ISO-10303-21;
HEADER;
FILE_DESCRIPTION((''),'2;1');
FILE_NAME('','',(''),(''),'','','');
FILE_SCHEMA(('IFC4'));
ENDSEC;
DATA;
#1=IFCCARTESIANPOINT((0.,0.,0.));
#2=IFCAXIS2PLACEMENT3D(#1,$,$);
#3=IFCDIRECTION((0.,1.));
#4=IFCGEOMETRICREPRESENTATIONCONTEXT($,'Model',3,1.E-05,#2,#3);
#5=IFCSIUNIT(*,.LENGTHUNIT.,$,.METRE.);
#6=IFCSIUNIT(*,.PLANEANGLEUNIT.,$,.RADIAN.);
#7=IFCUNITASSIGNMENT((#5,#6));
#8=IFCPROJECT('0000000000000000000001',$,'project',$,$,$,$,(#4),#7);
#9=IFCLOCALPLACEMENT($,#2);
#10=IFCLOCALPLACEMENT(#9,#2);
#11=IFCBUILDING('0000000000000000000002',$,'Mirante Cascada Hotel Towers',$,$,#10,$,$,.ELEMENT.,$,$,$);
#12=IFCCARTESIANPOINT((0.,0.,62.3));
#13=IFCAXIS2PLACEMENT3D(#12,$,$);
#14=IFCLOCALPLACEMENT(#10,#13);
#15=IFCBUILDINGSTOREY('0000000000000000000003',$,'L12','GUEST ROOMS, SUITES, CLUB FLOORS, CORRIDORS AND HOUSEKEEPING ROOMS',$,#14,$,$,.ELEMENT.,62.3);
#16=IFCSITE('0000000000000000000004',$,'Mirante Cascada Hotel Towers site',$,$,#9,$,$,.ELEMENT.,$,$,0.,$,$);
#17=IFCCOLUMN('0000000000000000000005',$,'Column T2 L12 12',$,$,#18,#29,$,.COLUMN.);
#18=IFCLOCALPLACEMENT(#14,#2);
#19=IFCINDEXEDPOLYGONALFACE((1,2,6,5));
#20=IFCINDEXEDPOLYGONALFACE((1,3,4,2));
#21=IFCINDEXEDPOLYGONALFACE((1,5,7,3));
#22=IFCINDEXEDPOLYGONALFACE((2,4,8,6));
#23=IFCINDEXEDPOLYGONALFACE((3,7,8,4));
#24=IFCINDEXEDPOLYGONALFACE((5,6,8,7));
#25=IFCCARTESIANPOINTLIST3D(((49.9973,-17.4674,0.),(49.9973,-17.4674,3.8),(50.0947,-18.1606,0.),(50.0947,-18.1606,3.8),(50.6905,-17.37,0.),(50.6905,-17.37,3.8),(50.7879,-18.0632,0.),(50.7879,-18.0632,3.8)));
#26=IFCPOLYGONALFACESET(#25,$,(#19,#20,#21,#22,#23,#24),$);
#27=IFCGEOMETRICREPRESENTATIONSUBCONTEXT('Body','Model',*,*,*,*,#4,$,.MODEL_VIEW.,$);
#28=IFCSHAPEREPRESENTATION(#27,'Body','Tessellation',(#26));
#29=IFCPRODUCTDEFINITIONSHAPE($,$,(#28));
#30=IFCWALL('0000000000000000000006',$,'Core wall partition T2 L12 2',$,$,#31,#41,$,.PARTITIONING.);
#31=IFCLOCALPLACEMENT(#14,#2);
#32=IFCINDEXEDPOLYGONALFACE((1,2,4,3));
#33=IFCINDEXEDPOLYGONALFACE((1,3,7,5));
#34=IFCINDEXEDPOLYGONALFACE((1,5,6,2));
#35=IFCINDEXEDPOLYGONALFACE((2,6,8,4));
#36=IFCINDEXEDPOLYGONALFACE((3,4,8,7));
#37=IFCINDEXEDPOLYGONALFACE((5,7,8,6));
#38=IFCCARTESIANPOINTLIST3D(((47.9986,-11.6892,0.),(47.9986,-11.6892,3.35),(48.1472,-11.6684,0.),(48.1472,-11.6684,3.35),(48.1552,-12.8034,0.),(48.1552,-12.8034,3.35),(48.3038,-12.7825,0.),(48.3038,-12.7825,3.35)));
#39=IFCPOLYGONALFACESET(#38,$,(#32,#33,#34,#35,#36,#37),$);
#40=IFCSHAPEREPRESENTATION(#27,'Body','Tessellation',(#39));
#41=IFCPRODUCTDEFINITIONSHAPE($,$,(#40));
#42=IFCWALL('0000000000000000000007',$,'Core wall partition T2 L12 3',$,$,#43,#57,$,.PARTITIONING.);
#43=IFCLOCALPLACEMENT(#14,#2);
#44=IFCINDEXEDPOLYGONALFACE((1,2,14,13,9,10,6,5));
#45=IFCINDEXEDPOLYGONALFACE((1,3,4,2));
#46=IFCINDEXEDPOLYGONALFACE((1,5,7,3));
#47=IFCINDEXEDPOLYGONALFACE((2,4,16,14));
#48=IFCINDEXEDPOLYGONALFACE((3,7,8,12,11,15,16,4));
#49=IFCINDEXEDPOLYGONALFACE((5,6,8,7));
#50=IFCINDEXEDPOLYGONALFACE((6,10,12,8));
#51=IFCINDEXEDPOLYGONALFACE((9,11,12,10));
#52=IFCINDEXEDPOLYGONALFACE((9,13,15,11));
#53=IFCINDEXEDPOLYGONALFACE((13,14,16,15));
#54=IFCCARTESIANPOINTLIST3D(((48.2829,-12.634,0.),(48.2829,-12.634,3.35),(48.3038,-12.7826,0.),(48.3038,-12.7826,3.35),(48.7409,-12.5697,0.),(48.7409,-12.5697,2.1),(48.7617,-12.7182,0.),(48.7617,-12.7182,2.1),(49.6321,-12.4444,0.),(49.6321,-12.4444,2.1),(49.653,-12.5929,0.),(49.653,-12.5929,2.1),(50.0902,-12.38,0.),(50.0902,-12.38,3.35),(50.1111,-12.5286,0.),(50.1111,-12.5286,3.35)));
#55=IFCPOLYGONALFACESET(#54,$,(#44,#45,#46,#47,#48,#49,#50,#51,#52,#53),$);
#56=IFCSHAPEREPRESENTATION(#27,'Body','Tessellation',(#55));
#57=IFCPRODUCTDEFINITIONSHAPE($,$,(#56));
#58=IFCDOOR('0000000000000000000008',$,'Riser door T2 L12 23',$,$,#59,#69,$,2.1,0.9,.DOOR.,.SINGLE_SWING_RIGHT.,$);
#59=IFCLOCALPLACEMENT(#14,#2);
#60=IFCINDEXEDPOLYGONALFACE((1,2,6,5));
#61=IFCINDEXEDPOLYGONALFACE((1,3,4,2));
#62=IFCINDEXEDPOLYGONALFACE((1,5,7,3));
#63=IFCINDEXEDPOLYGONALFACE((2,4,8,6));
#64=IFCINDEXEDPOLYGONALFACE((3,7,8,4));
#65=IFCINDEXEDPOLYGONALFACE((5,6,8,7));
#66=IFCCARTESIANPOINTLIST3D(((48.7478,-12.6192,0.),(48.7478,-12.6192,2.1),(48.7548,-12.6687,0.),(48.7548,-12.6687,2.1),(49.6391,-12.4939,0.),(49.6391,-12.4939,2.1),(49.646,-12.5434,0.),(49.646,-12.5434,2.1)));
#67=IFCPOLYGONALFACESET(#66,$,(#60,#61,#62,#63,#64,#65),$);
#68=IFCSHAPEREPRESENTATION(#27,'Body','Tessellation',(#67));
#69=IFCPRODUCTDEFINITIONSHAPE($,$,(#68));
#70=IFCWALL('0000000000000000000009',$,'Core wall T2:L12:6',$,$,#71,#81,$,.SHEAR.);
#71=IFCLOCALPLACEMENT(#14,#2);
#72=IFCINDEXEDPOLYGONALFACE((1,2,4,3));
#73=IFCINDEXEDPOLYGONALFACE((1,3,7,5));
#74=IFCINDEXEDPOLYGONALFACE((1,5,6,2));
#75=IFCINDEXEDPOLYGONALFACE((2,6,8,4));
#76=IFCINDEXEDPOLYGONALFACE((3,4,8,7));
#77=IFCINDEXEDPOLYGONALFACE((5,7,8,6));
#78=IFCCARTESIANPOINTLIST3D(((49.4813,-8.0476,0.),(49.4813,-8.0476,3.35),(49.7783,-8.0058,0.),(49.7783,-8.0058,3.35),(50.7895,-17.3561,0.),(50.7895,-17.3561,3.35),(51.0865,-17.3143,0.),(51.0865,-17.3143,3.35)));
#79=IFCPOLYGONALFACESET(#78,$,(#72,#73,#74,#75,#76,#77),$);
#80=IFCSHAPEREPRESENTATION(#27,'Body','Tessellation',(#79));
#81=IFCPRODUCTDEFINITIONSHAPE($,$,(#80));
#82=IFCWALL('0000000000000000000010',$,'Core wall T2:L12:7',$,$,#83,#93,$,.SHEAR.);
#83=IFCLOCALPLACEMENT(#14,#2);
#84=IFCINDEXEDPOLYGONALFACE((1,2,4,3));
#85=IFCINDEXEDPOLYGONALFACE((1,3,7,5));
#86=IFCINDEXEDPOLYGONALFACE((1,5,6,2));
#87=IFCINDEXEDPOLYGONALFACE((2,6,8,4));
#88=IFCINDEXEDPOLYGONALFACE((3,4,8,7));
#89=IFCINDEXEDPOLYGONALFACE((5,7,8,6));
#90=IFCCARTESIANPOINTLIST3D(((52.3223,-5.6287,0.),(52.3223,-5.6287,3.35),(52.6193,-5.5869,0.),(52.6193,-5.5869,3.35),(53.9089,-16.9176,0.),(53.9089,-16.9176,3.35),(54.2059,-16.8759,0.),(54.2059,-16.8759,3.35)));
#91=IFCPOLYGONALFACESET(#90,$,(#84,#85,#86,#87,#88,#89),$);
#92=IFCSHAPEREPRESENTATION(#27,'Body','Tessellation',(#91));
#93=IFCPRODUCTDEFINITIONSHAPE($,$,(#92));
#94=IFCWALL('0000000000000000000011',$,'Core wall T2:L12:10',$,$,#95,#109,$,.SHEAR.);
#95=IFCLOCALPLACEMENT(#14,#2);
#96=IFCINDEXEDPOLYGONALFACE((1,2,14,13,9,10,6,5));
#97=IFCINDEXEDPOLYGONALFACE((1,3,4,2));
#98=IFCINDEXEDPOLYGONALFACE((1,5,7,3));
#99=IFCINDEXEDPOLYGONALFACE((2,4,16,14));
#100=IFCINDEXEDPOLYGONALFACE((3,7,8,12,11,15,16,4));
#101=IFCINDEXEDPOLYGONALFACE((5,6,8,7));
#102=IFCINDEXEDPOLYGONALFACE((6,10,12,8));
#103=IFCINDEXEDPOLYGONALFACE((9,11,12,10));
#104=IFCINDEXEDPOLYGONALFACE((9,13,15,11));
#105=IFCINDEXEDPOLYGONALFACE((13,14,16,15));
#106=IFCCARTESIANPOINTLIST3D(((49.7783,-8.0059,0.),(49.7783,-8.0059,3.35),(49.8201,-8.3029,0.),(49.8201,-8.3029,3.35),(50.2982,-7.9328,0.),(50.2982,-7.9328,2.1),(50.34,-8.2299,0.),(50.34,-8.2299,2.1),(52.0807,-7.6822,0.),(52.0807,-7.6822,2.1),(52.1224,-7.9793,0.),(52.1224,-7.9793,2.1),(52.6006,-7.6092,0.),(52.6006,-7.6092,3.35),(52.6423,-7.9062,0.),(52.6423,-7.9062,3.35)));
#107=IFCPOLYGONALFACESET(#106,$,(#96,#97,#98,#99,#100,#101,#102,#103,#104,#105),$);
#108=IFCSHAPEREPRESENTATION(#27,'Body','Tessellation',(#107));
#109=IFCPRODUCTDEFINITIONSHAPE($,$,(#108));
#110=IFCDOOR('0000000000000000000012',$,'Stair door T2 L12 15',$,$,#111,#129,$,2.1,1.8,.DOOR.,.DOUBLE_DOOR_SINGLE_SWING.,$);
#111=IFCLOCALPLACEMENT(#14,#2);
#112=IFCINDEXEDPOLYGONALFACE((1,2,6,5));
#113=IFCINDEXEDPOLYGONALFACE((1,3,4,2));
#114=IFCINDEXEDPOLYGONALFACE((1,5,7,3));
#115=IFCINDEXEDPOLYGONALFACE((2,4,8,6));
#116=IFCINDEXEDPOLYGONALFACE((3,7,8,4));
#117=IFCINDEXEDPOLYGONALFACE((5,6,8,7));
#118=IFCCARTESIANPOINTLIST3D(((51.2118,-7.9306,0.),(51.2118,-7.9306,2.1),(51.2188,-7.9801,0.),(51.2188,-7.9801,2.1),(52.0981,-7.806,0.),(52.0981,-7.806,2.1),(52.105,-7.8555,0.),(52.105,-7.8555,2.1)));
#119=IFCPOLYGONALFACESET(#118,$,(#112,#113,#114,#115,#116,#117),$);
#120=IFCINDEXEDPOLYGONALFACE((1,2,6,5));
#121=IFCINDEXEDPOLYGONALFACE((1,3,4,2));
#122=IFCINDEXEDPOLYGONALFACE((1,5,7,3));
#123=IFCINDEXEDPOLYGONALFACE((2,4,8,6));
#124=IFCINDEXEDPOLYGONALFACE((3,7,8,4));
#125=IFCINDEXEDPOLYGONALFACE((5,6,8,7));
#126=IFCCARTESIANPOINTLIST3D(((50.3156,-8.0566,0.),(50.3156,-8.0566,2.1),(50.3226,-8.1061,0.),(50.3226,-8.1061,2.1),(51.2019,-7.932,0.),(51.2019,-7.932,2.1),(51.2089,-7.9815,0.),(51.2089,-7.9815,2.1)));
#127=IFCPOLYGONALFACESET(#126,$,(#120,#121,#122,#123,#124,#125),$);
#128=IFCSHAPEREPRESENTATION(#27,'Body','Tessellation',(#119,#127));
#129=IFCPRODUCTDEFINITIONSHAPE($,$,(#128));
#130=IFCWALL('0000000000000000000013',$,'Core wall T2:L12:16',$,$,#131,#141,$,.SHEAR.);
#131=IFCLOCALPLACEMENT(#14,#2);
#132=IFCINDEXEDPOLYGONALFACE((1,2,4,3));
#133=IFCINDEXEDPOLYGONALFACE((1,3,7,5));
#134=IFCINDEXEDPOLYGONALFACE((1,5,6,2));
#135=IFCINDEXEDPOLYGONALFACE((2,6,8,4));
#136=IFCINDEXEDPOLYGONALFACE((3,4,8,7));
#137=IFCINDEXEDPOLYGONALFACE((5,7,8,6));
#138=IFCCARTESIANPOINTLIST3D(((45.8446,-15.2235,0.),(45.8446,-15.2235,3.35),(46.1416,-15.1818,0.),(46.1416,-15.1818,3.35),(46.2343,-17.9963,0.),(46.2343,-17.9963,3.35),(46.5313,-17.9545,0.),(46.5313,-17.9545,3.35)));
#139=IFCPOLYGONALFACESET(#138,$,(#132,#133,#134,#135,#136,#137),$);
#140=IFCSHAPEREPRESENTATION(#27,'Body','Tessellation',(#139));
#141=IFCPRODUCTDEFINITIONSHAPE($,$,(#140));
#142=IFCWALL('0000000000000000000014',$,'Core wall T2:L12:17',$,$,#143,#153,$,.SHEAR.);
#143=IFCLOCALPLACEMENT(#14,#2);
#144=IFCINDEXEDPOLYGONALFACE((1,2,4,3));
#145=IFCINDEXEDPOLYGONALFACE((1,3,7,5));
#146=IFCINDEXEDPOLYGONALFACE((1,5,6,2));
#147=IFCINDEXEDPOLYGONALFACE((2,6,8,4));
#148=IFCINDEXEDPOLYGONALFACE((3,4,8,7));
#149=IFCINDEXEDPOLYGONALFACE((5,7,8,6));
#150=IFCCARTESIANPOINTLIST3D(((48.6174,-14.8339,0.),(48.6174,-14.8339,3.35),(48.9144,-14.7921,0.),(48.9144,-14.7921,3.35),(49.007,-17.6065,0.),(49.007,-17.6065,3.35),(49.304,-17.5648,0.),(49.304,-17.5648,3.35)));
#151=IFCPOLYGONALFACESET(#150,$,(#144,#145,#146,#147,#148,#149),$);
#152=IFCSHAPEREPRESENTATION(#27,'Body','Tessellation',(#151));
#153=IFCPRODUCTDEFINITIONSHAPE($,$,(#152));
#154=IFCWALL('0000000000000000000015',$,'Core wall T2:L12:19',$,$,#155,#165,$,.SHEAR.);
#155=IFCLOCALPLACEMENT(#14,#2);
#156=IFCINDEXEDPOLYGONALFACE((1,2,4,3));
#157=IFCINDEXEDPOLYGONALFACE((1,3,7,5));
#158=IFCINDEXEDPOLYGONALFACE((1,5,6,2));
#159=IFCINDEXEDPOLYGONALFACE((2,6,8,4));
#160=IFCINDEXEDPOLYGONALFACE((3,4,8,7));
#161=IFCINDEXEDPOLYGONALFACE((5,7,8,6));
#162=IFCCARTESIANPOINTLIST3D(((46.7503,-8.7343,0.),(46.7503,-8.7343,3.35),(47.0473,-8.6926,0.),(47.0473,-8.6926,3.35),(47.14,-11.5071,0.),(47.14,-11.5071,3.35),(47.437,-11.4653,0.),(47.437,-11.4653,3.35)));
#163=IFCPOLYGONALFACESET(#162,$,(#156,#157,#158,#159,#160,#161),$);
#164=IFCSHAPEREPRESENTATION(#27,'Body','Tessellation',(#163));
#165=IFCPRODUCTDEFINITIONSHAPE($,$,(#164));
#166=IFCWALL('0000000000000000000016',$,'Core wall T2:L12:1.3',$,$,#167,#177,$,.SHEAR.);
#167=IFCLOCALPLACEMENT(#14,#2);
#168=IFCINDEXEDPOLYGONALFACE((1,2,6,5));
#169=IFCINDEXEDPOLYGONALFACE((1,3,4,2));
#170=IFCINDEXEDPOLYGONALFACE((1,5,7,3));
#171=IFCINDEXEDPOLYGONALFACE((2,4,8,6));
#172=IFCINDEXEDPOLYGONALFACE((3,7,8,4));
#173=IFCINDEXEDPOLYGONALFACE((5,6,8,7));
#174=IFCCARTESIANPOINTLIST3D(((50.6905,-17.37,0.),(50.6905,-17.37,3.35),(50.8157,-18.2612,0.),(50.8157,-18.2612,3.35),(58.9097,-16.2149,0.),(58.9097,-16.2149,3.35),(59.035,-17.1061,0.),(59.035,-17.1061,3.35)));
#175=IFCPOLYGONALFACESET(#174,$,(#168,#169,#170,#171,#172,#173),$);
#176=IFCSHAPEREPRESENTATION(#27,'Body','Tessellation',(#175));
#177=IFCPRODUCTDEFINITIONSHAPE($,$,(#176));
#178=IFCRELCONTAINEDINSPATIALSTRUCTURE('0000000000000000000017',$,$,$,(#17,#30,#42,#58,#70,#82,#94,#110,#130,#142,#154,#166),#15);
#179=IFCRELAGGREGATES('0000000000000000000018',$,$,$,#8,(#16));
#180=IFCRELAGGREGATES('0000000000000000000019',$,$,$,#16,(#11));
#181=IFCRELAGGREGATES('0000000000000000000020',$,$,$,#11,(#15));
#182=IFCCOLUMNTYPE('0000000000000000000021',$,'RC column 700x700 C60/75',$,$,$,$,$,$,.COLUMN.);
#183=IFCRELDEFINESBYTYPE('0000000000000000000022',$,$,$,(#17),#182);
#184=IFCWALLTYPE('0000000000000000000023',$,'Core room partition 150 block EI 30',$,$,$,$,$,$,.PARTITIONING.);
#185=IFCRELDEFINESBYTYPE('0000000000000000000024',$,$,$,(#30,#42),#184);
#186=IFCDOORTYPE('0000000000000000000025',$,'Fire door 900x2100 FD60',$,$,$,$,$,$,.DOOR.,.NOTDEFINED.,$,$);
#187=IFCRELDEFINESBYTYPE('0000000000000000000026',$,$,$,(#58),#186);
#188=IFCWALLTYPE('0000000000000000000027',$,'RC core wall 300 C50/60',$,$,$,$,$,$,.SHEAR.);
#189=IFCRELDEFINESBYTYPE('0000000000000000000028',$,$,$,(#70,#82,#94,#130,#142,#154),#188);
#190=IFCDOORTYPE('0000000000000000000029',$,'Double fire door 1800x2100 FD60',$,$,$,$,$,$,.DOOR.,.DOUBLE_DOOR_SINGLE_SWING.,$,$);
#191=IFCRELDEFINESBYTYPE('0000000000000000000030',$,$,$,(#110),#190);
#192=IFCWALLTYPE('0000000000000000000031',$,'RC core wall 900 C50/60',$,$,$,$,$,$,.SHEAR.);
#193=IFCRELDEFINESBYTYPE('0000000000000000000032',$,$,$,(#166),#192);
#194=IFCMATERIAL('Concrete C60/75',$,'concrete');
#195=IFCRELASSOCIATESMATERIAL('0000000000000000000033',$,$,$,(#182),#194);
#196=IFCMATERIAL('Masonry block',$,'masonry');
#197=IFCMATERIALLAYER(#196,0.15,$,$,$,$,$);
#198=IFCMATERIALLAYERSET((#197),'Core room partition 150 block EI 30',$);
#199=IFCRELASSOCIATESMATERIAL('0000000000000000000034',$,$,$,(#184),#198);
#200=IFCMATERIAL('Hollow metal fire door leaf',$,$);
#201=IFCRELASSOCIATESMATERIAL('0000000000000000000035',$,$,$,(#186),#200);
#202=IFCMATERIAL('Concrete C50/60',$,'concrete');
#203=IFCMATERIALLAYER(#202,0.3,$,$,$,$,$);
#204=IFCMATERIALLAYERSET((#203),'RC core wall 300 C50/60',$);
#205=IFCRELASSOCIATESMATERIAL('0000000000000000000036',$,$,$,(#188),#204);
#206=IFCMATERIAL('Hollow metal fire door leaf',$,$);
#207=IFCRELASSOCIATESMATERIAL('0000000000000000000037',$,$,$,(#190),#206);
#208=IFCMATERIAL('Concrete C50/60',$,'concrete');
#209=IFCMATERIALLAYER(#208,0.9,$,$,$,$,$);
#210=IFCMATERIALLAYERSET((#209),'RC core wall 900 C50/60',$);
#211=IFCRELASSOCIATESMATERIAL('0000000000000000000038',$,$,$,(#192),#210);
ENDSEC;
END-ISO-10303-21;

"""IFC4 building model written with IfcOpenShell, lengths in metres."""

from ifc_helpers import new_model, si_unit, direction, frame, frame_2d, origin, origin_2d, place, context, subcontext, project, spatial, rectangle, extrude, material, layer, layer_set, material_profile, profile_set, type_object, element, fill, save


model = new_model("IFC4")

# Units and contexts
model_context = context("Model", 3, precision=1e-05, world=origin(), true_north=direction((0.0, 1.0)))
body_context = subcontext(model_context, "Body", "Model", "MODEL_VIEW")
ifc_project = project(units=[si_unit("LENGTHUNIT", "METRE"), si_unit("PLANEANGLEUNIT", "RADIAN")], contexts=[model_context])

# Site, building, storey
site_placement = place(None, origin())
site = spatial("IfcSite", under=ifc_project, at=site_placement, Name="Mirante Cascada Hotel Towers site", CompositionType="ELEMENT", RefElevation=0.0)
building_placement = place(site_placement, origin())
building = spatial("IfcBuilding", under=site, at=building_placement, Name="Mirante Cascada Hotel Towers", CompositionType="ELEMENT")
storey_placement = place(building_placement, frame((0.0, 0.0, 62.3)))
storey = spatial("IfcBuildingStorey", under=building, at=storey_placement, Name="L12", Description="GUEST ROOMS, SUITES, CLUB FLOORS, CORRIDORS AND HOUSEKEEPING ROOMS", CompositionType="ELEMENT", Elevation=62.3)

# Column
ifc_material_1 = material(Name="Concrete C60/75", Category="concrete")
ifc_material_profile = material_profile(ifc_material_1, rectangle(XDim=0.7, YDim=0.7, at=origin_2d()), Name="RC column 700x700 C60/75")
ifc_profile_set = profile_set([ifc_material_profile], Name="Concrete C60/75")
column_type = type_object("IfcColumnType", Name="RC column 700x700 C60/75", PredefinedType="COLUMN", material=ifc_profile_set)
column_placement = place(storey_placement, frame((50.3926, -17.7653, 0.0), z_axis=(0.0, 0.0, 1.0), x_axis=(0.990268, 0.139173, 0.0)))
element("IfcColumn", 1, at=column_placement, inside=storey, type_object=column_type, Name="Column T2 L12 12", PredefinedType="COLUMN", context=body_context, shape_type="SweptSolid", body=[
    extrude(rectangle(XDim=0.7, YDim=0.7, at=origin_2d()), origin(), (0.0, 0.0, 1.0), 3.8),
])

# Wall
ifc_material_2 = material(Name="Masonry block", Category="masonry")
ifc_layer_1 = layer(ifc_material_2, 0.15)
ifc_layer_set_1 = layer_set([ifc_layer_1], Name="Core room partition 150 block EI 30")
wall_type_1 = type_object("IfcWallType", Name="Core room partition 150 block EI 30", PredefinedType="PARTITIONING", material=ifc_layer_set_1)
wall_1_placement = place(storey_placement, frame((48.2295, -12.793, 0.0), z_axis=(0.0, 0.0, 1.0), x_axis=(-0.139193, 0.990265, 0.0)))
element("IfcWall", 2, at=wall_1_placement, inside=storey, type_object=wall_type_1, Name="Core wall partition T2 L12 2", PredefinedType="PARTITIONING", context=body_context, shape_type="SweptSolid", body=[
    extrude(rectangle(XDim=1.1251, YDim=0.15, at=frame_2d((0.5626, 0.0))), origin(), (0.0, 0.0, 1.0), 3.35),
])

# Wall, opening, door
wall_2_placement = place(storey_placement, frame((48.2933, -12.7083, 0.0), z_axis=(0.0, 0.0, 1.0), x_axis=(0.990268, 0.139173, 0.0)))
wall_2 = element("IfcWall", 3, at=wall_2_placement, inside=storey, type_object=wall_type_1, Name="Core wall partition T2 L12 3", PredefinedType="PARTITIONING", context=body_context, shape_type="SweptSolid", body=[
    extrude(rectangle(XDim=1.8251, YDim=0.15, at=frame_2d((0.9126, 0.0))), origin(), (0.0, 0.0, 1.0), 3.35),
])
opening_1_placement = place(wall_2_placement, frame((0.4625, 0.0, 0.0)))
opening_1 = element("IfcOpeningElement", 4, at=opening_1_placement, cuts=wall_2, PredefinedType="OPENING", context=body_context, shape_type="SweptSolid", body=[
    extrude(rectangle(XDim=0.9, YDim=2.1, at=frame_2d((0.45, 1.05))), frame((0.0, 0.075, 0.0), z_axis=(0.0, -1.0, 0.0), x_axis=(1.0, 0.0, 0.0)), (0.0, 0.0, 1.0), 0.15),
])
ifc_material_3 = material(Name="Hollow metal fire door leaf")
door_type_1 = type_object("IfcDoorType", Name="Fire door 900x2100 FD60", OperationType="NOTDEFINED", PredefinedType="DOOR", material=ifc_material_3)
door_1_placement = place(opening_1_placement, frame((0.9, 0.0, 0.0), z_axis=(0.0, 0.0, 1.0), x_axis=(-1.0, 0.0, 0.0)))
door_1 = element("IfcDoor", 5, at=door_1_placement, inside=storey, type_object=door_type_1, Name="Riser door T2 L12 23", OperationType="SINGLE_SWING_RIGHT", OverallHeight=2.1, OverallWidth=0.9, PredefinedType="DOOR", context=body_context, shape_type="SweptSolid", body=[
    extrude(rectangle(XDim=0.9, YDim=2.1, at=frame_2d((0.45, 1.05))), frame((0.0, 0.025, 0.0), z_axis=(0.0, -1.0, 0.0), x_axis=(1.0, 0.0, 0.0)), (0.0, 0.0, 1.0), 0.05),
])
fill(opening_1, door_1)

# Walls
ifc_material_4 = material(Name="Concrete C50/60", Category="concrete")
ifc_layer_2 = layer(ifc_material_4, 0.3)
ifc_layer_set_2 = layer_set([ifc_layer_2], Name="RC core wall 300 C50/60")
wall_type_2 = type_object("IfcWallType", Name="RC core wall 300 C50/60", PredefinedType="SHEAR", material=ifc_layer_set_2)
wall_3_placement = place(storey_placement, frame((50.938, -17.3352, 0.0), z_axis=(0.0, 0.0, 1.0), x_axis=(-0.139171, 0.990268, 0.0)))
element("IfcWall", 6, at=wall_3_placement, inside=storey, type_object=wall_type_2, Name="Core wall T2:L12:6", PredefinedType="SHEAR", context=body_context, shape_type="SweptSolid", body=[
    extrude(rectangle(XDim=9.4, YDim=0.3, at=frame_2d((4.7, 0.0))), origin(), (0.0, 0.0, 1.0), 3.35),
])
wall_4_placement = place(storey_placement, frame((54.0574, -16.8968, 0.0), z_axis=(0.0, 0.0, 1.0), x_axis=(-0.139176, 0.990268, 0.0)))
element("IfcWall", 7, at=wall_4_placement, inside=storey, type_object=wall_type_2, Name="Core wall T2:L12:7", PredefinedType="SHEAR", context=body_context, shape_type="SweptSolid", body=[
    extrude(rectangle(XDim=11.3999, YDim=0.3, at=frame_2d((5.7, 0.0))), origin(), (0.0, 0.0, 1.0), 3.35),
])

# Wall, opening, door
wall_5_placement = place(storey_placement, frame((49.7992, -8.1544, 0.0), z_axis=(0.0, 0.0, 1.0), x_axis=(0.990266, 0.139191, 0.0)))
wall_5 = element("IfcWall", 8, at=wall_5_placement, inside=storey, type_object=wall_type_2, Name="Core wall T2:L12:10", PredefinedType="SHEAR", context=body_context, shape_type="SweptSolid", body=[
    extrude(rectangle(XDim=2.85, YDim=0.3, at=frame_2d((1.425, 0.0))), origin(), (0.0, 0.0, 1.0), 3.35),
])
opening_2_placement = place(wall_5_placement, frame((0.525, 0.0, 0.0)))
opening_2 = element("IfcOpeningElement", 9, at=opening_2_placement, cuts=wall_5, PredefinedType="OPENING", context=body_context, shape_type="SweptSolid", body=[
    extrude(rectangle(XDim=1.8, YDim=2.1, at=frame_2d((0.9, 1.05))), frame((0.0, 0.15, 0.0), z_axis=(0.0, -1.0, 0.0), x_axis=(1.0, 0.0, 0.0)), (0.0, 0.0, 1.0), 0.3),
])
ifc_material_5 = material(Name="Hollow metal fire door leaf")
door_type_2 = type_object("IfcDoorType", Name="Double fire door 1800x2100 FD60", OperationType="DOUBLE_DOOR_SINGLE_SWING", PredefinedType="DOOR", material=ifc_material_5)
door_2_placement = place(opening_2_placement, frame((1.8, 0.0, 0.0), z_axis=(0.0, 0.0, 1.0), x_axis=(-1.0, 0.0, 0.0)))
door_2 = element("IfcDoor", 10, at=door_2_placement, inside=storey, type_object=door_type_2, Name="Stair door T2 L12 15", OperationType="DOUBLE_DOOR_SINGLE_SWING", OverallHeight=2.1, OverallWidth=1.8, PredefinedType="DOOR", context=body_context, shape_type="SweptSolid", body=[
    extrude(rectangle(XDim=0.895, YDim=2.1, at=frame_2d((0.4475, 1.05))), frame((0.0, 0.025, 0.0), z_axis=(0.0, -1.0, 0.0), x_axis=(1.0, 0.0, 0.0)), (0.0, 0.0, 1.0), 0.05),
    extrude(rectangle(XDim=0.895, YDim=2.1, at=frame_2d((1.3525, 1.05))), frame((0.0, 0.025, 0.0), z_axis=(0.0, -1.0, 0.0), x_axis=(1.0, 0.0, 0.0)), (0.0, 0.0, 1.0), 0.05),
])
fill(opening_2, door_2)

# Walls
wall_6_placement = place(storey_placement, frame((46.3828, -17.9754, 0.0), z_axis=(0.0, 0.0, 1.0), x_axis=(-0.139181, 0.990267, 0.0)))
element("IfcWall", 11, at=wall_6_placement, inside=storey, type_object=wall_type_2, Name="Core wall T2:L12:16", PredefinedType="SHEAR", context=body_context, shape_type="SweptSolid", body=[
    extrude(rectangle(XDim=2.8, YDim=0.3, at=frame_2d((1.4, 0.0))), origin(), (0.0, 0.0, 1.0), 3.35),
])
wall_7_placement = place(storey_placement, frame((49.1555, -17.5857, 0.0), z_axis=(0.0, 0.0, 1.0), x_axis=(-0.139146, 0.990272, 0.0)))
element("IfcWall", 12, at=wall_7_placement, inside=storey, type_object=wall_type_2, Name="Core wall T2:L12:17", PredefinedType="SHEAR", context=body_context, shape_type="SweptSolid", body=[
    extrude(rectangle(XDim=2.7999, YDim=0.3, at=frame_2d((1.4, 0.0))), origin(), (0.0, 0.0, 1.0), 3.35),
])
wall_8_placement = place(storey_placement, frame((47.2885, -11.4862, 0.0), z_axis=(0.0, 0.0, 1.0), x_axis=(-0.139181, 0.990267, 0.0)))
element("IfcWall", 13, at=wall_8_placement, inside=storey, type_object=wall_type_2, Name="Core wall T2:L12:19", PredefinedType="SHEAR", context=body_context, shape_type="SweptSolid", body=[
    extrude(rectangle(XDim=2.8, YDim=0.3, at=frame_2d((1.4, 0.0))), origin(), (0.0, 0.0, 1.0), 3.35),
])

# Wall
ifc_material_6 = material(Name="Concrete C50/60", Category="concrete")
ifc_layer_3 = layer(ifc_material_6, 0.9)
ifc_layer_set_3 = layer_set([ifc_layer_3], Name="RC core wall 900 C50/60")
wall_type_3 = type_object("IfcWallType", Name="RC core wall 900 C50/60", PredefinedType="SHEAR", material=ifc_layer_set_3)
wall_9_placement = place(storey_placement, frame((50.7531, -17.8156, 0.0), z_axis=(0.0, 0.0, 1.0), x_axis=(0.990269, 0.139169, 0.0)))
element("IfcWall", 14, at=wall_9_placement, inside=storey, type_object=wall_type_3, Name="Core wall T2:L12:1.3", PredefinedType="SHEAR", context=body_context, shape_type="SweptSolid", body=[
    extrude(rectangle(XDim=8.3, YDim=0.9, at=frame_2d((4.15, 0.0))), origin(), (0.0, 0.0, 1.0), 3.35),
])

save(model, "model.ifc")
